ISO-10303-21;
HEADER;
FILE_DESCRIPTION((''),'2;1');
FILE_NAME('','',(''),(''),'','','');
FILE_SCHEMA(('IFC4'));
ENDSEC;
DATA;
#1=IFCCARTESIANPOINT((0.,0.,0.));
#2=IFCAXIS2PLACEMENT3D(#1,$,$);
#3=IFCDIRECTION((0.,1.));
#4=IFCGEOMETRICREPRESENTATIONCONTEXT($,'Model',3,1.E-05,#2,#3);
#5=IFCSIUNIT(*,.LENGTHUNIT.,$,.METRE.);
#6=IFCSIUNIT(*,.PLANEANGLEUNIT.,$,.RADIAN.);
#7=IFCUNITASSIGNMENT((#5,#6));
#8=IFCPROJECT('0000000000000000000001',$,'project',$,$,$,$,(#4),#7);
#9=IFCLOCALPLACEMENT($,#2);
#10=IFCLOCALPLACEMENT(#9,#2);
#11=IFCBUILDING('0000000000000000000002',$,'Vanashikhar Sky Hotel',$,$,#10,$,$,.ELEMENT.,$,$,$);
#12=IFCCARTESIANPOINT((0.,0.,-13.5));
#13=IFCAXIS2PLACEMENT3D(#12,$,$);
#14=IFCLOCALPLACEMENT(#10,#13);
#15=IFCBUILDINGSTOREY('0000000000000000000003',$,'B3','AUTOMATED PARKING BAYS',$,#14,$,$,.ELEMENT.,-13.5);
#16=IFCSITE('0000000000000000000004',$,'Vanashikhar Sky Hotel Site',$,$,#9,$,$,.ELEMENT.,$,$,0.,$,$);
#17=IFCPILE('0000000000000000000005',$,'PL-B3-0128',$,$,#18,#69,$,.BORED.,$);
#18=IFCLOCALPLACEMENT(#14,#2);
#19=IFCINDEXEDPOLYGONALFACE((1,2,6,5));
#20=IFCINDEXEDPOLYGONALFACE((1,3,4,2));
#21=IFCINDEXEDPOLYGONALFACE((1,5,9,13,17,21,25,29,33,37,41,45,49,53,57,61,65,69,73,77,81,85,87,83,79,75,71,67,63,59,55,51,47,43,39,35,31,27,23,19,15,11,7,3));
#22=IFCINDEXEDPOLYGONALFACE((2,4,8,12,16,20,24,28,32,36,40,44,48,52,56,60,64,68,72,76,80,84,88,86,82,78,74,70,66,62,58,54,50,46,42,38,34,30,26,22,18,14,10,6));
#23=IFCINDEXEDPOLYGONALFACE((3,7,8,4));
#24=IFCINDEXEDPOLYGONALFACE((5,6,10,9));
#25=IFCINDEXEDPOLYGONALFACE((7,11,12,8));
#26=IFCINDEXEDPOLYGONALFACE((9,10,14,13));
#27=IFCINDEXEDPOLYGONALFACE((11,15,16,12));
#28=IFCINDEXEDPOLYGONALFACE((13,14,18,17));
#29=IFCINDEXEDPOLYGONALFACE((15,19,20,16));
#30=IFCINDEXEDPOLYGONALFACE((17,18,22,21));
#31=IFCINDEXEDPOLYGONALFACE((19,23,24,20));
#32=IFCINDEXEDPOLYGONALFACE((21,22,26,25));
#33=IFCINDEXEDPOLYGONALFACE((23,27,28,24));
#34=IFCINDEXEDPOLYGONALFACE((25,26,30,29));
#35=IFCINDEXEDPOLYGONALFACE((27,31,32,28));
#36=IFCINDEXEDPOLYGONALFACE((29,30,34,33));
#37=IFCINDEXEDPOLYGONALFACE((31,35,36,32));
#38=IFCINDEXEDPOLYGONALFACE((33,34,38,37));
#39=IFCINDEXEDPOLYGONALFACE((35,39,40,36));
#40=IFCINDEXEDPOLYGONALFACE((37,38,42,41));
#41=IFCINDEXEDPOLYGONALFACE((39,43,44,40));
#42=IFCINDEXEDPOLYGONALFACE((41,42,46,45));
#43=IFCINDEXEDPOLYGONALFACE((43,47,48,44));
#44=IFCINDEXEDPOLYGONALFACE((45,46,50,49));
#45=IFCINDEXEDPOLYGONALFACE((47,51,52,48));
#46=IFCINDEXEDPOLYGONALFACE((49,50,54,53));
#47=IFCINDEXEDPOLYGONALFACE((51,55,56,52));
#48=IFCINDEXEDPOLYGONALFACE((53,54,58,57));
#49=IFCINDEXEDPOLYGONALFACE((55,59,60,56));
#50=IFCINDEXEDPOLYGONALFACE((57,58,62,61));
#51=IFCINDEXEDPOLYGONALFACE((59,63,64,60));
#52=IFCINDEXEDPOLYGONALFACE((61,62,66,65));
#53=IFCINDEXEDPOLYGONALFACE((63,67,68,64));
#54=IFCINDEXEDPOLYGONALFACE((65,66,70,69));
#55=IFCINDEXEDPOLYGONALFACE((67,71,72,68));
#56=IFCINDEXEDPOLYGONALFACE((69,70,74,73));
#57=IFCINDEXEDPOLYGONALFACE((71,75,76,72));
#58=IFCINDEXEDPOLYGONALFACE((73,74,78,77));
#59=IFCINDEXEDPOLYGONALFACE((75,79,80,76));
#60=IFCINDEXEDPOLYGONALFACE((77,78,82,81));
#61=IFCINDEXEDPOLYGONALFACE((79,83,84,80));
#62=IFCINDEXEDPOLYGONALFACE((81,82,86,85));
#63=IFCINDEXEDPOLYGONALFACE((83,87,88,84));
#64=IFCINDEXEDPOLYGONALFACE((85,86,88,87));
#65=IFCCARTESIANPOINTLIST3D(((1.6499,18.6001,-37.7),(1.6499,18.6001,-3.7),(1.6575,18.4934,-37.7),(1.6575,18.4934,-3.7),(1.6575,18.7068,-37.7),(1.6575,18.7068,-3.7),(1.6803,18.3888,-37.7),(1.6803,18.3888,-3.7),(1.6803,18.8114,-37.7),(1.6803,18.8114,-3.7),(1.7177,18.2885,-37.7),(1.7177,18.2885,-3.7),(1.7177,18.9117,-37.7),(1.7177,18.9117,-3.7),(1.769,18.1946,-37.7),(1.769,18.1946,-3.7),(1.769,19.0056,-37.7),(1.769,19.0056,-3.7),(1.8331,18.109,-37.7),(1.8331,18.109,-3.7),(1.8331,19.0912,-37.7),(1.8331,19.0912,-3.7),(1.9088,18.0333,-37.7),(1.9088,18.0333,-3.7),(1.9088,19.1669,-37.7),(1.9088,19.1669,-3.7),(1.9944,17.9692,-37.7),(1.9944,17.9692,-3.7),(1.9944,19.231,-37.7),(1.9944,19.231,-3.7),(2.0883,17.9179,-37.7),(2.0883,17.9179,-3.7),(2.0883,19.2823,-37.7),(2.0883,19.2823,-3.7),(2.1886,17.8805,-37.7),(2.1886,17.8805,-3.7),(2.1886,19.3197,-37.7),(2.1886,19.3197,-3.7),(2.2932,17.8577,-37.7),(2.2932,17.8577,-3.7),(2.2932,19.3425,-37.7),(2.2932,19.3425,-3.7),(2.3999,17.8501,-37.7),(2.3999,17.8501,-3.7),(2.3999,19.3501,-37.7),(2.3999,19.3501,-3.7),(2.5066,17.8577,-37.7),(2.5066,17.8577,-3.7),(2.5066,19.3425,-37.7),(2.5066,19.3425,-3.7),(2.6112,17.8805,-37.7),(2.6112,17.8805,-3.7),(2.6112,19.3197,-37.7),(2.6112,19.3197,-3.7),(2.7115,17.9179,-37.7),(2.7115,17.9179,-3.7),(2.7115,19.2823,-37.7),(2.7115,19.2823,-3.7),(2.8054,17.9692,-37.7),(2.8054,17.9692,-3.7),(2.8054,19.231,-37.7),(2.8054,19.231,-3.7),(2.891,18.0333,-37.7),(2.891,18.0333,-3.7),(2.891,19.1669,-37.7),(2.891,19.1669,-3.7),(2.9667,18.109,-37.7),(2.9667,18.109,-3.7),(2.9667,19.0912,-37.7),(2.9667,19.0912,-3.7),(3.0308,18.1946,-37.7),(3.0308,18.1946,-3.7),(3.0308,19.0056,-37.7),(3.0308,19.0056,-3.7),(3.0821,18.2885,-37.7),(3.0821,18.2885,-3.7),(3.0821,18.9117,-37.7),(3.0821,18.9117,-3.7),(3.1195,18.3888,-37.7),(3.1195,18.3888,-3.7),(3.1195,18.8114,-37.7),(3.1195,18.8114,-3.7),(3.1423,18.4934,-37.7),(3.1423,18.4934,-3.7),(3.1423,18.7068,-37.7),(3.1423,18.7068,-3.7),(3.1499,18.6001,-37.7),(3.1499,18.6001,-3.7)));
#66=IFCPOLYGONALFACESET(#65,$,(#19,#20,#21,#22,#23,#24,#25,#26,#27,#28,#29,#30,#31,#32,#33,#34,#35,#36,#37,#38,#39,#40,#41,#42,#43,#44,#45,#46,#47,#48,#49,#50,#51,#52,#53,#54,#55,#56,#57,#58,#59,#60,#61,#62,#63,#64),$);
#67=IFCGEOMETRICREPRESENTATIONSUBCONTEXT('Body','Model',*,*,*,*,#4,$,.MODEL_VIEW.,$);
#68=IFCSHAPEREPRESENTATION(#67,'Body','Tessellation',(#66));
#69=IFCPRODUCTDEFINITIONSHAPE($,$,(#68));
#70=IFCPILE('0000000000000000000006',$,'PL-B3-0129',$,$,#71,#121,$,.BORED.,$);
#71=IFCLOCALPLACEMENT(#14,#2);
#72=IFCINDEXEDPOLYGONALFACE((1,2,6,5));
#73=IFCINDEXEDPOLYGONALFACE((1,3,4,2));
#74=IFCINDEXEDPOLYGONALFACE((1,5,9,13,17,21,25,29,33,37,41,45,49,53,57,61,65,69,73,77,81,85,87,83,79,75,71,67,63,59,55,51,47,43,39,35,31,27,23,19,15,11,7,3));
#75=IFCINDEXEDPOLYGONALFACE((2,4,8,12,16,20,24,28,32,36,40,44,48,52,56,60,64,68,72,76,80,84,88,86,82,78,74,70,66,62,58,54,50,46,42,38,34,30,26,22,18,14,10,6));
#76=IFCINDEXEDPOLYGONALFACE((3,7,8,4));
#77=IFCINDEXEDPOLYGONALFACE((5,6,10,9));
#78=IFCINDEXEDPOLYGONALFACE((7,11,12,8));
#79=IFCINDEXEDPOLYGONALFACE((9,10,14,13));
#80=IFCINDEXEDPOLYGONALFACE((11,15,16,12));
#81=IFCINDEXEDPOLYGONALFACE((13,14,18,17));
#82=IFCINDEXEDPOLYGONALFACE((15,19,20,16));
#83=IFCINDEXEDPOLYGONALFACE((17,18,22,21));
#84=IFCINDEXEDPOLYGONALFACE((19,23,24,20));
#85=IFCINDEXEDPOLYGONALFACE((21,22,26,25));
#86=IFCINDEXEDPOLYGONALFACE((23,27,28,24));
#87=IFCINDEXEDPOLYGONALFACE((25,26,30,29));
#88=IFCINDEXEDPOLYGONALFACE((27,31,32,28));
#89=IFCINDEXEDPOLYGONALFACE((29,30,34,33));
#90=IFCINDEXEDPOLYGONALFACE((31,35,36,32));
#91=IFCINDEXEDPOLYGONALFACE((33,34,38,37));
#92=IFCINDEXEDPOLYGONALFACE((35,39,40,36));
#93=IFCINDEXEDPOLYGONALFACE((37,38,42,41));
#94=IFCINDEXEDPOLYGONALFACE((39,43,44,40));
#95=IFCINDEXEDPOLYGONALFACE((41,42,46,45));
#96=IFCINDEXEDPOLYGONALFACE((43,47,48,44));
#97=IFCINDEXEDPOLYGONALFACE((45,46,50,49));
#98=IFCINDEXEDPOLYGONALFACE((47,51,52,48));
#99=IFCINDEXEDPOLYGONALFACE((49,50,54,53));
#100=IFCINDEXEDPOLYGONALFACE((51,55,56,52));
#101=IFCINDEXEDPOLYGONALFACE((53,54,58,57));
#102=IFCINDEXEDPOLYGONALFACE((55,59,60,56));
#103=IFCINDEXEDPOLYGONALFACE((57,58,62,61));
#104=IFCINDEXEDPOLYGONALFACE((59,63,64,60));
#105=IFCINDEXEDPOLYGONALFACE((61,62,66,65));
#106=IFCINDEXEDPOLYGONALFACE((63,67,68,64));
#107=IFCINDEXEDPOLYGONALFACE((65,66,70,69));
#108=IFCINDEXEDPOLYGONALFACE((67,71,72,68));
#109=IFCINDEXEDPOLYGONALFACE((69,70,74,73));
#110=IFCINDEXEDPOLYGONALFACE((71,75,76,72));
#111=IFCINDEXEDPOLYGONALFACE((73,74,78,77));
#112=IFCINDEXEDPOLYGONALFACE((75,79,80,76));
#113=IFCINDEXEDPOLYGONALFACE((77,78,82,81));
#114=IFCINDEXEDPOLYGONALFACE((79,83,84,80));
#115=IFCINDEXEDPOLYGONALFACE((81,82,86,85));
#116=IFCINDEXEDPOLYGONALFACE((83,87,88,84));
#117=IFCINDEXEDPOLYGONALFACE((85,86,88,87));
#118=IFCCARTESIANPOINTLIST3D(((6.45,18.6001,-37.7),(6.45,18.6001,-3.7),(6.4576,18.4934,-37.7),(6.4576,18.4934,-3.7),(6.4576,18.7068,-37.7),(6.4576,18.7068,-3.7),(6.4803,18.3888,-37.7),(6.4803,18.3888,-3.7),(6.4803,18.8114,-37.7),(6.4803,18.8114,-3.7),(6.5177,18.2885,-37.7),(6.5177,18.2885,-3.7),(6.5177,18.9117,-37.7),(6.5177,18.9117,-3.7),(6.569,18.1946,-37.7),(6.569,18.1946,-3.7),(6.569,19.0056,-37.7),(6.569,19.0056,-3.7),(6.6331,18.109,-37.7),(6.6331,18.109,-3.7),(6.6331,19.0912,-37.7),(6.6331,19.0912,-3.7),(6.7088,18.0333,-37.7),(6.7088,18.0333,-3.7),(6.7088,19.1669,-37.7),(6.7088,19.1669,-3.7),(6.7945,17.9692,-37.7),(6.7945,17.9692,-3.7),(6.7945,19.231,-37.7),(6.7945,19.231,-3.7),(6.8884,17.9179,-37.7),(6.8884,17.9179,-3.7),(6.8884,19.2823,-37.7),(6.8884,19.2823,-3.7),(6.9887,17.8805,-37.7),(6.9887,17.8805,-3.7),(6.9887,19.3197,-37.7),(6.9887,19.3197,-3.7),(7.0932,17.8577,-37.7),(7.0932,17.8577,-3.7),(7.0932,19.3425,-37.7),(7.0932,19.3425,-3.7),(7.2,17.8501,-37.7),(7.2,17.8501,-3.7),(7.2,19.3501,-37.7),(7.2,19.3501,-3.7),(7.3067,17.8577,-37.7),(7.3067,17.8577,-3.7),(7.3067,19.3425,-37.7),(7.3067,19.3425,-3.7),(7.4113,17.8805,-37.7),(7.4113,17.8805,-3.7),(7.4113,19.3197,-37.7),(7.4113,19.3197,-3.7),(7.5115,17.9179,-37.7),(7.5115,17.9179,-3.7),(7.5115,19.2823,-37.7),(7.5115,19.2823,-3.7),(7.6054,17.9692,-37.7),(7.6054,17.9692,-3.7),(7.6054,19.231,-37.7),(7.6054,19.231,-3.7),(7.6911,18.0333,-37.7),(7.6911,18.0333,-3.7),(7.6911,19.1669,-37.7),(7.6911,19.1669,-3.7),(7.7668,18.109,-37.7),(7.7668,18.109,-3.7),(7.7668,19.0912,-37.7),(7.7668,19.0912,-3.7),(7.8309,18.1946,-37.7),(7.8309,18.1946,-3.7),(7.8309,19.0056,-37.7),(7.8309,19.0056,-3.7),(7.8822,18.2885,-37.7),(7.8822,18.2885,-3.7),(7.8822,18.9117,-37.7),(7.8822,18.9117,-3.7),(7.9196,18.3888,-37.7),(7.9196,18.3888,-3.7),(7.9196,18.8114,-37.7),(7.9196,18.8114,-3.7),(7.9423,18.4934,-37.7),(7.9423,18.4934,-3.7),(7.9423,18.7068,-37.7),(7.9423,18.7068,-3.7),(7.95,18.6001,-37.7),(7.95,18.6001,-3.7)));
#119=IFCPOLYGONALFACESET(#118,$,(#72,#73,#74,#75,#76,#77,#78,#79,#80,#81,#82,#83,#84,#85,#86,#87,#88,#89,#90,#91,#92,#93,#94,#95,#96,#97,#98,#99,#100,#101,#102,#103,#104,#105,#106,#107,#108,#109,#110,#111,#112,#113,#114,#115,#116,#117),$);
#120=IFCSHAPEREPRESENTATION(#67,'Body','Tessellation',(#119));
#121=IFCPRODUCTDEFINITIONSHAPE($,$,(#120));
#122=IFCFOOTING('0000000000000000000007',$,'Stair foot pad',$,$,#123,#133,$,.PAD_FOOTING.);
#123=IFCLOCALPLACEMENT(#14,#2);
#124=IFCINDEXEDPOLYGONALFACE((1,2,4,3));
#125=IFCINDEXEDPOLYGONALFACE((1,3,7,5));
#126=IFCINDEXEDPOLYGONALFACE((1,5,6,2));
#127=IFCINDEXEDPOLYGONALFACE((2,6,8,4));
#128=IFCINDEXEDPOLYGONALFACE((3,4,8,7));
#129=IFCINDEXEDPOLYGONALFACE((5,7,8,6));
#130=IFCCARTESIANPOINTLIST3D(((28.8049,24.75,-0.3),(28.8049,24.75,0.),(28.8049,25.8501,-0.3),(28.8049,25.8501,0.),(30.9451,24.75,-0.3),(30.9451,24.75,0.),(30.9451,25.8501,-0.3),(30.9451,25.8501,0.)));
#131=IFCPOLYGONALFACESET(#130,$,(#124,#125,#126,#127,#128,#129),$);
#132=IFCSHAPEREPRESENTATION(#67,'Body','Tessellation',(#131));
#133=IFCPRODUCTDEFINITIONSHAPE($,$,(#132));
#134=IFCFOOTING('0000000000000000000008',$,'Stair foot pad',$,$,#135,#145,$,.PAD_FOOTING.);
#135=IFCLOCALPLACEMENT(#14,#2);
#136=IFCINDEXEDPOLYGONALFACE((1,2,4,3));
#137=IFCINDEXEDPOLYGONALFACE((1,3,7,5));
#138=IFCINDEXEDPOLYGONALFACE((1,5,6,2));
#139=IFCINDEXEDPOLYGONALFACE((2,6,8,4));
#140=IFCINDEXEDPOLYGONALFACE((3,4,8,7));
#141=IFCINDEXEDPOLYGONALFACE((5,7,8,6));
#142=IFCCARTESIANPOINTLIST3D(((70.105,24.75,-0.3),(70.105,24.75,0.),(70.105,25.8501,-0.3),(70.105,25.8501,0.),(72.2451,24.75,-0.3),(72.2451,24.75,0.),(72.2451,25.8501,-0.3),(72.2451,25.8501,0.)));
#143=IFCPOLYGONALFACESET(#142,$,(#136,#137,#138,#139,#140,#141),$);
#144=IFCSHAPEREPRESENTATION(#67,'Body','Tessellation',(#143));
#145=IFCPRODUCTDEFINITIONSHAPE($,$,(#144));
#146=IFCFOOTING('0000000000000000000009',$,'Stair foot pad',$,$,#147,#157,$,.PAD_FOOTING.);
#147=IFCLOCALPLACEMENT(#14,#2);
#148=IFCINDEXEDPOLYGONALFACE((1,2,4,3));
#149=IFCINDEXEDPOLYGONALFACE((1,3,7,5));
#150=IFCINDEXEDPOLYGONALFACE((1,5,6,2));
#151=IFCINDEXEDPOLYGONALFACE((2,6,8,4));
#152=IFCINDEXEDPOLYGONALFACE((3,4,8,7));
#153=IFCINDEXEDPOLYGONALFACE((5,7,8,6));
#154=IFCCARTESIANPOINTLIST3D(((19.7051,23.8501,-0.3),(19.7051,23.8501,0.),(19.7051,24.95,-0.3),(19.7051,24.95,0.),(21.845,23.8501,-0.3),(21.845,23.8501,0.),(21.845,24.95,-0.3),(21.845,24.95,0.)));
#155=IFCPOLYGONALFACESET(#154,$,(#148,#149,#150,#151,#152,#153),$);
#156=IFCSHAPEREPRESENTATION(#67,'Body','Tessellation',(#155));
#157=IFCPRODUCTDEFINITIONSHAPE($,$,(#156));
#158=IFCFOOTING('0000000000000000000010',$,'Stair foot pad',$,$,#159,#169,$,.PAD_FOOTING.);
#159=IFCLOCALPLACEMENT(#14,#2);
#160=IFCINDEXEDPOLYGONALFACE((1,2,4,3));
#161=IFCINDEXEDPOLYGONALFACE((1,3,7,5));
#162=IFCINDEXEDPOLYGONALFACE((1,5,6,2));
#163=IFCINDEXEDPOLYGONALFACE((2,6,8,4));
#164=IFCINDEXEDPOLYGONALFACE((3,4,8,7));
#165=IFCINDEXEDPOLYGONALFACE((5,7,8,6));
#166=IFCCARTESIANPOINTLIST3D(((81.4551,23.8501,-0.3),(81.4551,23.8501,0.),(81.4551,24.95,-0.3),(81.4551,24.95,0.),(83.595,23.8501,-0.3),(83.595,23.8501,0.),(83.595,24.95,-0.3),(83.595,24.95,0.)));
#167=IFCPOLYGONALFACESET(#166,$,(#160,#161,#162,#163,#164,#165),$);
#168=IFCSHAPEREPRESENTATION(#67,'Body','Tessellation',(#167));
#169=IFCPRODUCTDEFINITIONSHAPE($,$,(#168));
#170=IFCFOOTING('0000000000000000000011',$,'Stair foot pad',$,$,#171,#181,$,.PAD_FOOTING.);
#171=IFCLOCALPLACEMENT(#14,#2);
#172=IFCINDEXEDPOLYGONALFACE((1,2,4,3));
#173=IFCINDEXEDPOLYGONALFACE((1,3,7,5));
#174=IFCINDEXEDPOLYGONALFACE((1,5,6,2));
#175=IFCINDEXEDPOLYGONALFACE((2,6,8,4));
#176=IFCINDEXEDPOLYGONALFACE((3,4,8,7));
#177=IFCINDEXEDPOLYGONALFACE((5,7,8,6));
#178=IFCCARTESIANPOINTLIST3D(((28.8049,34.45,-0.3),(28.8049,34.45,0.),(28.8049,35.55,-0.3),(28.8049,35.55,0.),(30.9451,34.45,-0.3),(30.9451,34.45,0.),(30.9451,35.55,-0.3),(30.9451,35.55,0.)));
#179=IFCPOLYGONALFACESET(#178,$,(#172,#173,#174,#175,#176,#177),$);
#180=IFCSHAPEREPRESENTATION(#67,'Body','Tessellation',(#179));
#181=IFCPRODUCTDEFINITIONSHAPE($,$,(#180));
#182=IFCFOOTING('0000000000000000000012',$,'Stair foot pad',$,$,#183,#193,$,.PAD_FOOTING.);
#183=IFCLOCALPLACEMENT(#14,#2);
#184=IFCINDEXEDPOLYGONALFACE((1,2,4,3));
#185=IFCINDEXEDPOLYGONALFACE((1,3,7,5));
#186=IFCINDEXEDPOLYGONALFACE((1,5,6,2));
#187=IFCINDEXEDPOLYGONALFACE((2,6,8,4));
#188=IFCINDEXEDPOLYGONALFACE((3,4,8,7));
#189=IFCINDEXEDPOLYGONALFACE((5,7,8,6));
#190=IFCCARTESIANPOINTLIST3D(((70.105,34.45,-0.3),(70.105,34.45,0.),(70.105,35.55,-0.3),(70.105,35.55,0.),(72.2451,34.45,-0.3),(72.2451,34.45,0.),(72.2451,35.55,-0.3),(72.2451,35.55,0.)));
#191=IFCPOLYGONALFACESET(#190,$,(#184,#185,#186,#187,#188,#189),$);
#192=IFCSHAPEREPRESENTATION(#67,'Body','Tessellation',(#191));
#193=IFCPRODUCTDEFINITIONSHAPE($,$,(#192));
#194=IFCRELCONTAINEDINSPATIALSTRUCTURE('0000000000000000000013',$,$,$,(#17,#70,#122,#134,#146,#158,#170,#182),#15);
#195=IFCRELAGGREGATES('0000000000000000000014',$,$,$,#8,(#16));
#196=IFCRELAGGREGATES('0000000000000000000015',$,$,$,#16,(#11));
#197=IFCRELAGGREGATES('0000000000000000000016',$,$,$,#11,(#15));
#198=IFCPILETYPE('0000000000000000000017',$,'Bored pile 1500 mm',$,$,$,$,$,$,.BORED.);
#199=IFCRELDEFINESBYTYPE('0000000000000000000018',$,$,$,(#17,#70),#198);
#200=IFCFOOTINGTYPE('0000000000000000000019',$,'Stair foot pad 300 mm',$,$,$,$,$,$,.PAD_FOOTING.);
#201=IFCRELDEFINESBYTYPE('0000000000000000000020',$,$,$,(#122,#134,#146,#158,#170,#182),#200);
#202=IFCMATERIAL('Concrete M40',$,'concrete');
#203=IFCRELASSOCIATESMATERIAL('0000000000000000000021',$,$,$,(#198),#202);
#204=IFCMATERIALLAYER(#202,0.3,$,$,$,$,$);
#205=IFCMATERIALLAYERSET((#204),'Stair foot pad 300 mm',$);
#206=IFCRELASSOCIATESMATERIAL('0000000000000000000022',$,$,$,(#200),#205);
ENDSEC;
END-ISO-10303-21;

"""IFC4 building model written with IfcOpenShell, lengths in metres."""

from ifc_helpers import new_model, si_unit, direction, frame, origin, origin_2d, place, context, subcontext, project, spatial, polyline, circle, outline, extrude, source, transform, mapped, material, layer, layer_set, type_object, element, save


model = new_model("IFC4")

# Units and contexts
model_context = context("Model", 3, precision=1e-05, world=origin(), true_north=direction((0.0, 1.0)))
body_context = subcontext(model_context, "Body", "Model", "MODEL_VIEW")
ifc_project = project(units=[si_unit("LENGTHUNIT", "METRE"), si_unit("PLANEANGLEUNIT", "RADIAN")], contexts=[model_context])

# Site, building, storey
site_placement = place(None, origin())
site = spatial("IfcSite", under=ifc_project, at=site_placement, Name="Vanashikhar Sky Hotel Site", CompositionType="ELEMENT", RefElevation=0.0)
building_placement = place(site_placement, origin())
building = spatial("IfcBuilding", under=site, at=building_placement, Name="Vanashikhar Sky Hotel", CompositionType="ELEMENT")
storey_placement = place(building_placement, frame((0.0, 0.0, -13.5)))
storey = spatial("IfcBuildingStorey", under=building, at=storey_placement, Name="B3", Description="AUTOMATED PARKING BAYS", CompositionType="ELEMENT", Elevation=-13.5)

# Piles
ifc_material_1 = material(Name="Concrete M40", Category="concrete")
pile_type = type_object("IfcPileType", Name="Bored pile 1500 mm", PredefinedType="BORED", material=ifc_material_1)
shared_shape_1 = source(origin(), body_context, "Body", "SweptSolid", [
    extrude(circle(Radius=0.75, at=origin_2d()), origin(), (0.0, 0.0, 1.0), 34.0),
])
for number, where, z_axis, x_axis, name in (
    (1, (2.3999, 18.6001, -3.7), (0.0, 0.0, -1.0), (1.0, 0.0, 0.0), "PL-B3-0128"),
    (2, (7.2, 18.6001, -3.7), (0.0, 0.0, -1.0), (1.0, 0.0, 0.0), "PL-B3-0129"),
):
    element("IfcPile", number, at=place(storey_placement, frame(where, z_axis=z_axis, x_axis=x_axis)), inside=storey, type_object=pile_type, Name=name, PredefinedType="BORED", context=body_context, shape_type="MappedRepresentation", body=[
        mapped(shared_shape_1, transform((0.0, 0.0, 0.0), scale=1.0)),
    ])

# Footings
ifc_layer_1 = layer(ifc_material_1, 0.3)
ifc_layer_set_1 = layer_set([ifc_layer_1], Name="Stair foot pad 300 mm")
footing_type = type_object("IfcFootingType", Name="Stair foot pad 300 mm", PredefinedType="PAD_FOOTING", material=ifc_layer_set_1)
shared_shape_2 = source(origin(), body_context, "Body", "SweptSolid", [
    extrude(outline(polyline([(28.8049, 24.75), (30.9451, 24.75), (30.9451, 25.8501), (28.8049, 25.8501), (28.8049, 24.75)])), origin(), (0.0, 0.0, 1.0), 0.3),
])
footing_1_placement = place(storey_placement, frame((0.0, 0.0, -0.3)))
element("IfcFooting", 3, at=footing_1_placement, inside=storey, type_object=footing_type, Name="Stair foot pad", PredefinedType="PAD_FOOTING", context=body_context, shape_type="MappedRepresentation", body=[
    mapped(shared_shape_2, transform((0.0, 0.0, 0.0), scale=1.0)),
])
shared_shape_3 = source(origin(), body_context, "Body", "SweptSolid", [
    extrude(outline(polyline([(70.105, 24.75), (72.2451, 24.75), (72.2451, 25.8501), (70.105, 25.8501), (70.105, 24.75)])), origin(), (0.0, 0.0, 1.0), 0.3),
])
footing_2_placement = place(storey_placement, frame((0.0, 0.0, -0.3)))
element("IfcFooting", 4, at=footing_2_placement, inside=storey, type_object=footing_type, Name="Stair foot pad", PredefinedType="PAD_FOOTING", context=body_context, shape_type="MappedRepresentation", body=[
    mapped(shared_shape_3, transform((0.0, 0.0, 0.0), scale=1.0)),
])
shared_shape_4 = source(origin(), body_context, "Body", "SweptSolid", [
    extrude(outline(polyline([(19.7051, 23.8501), (21.845, 23.8501), (21.845, 24.95), (19.7051, 24.95), (19.7051, 23.8501)])), origin(), (0.0, 0.0, 1.0), 0.3),
])
footing_3_placement = place(storey_placement, frame((0.0, 0.0, -0.3)))
element("IfcFooting", 5, at=footing_3_placement, inside=storey, type_object=footing_type, Name="Stair foot pad", PredefinedType="PAD_FOOTING", context=body_context, shape_type="MappedRepresentation", body=[
    mapped(shared_shape_4, transform((0.0, 0.0, 0.0), scale=1.0)),
])
shared_shape_5 = source(origin(), body_context, "Body", "SweptSolid", [
    extrude(outline(polyline([(81.4551, 23.8501), (83.595, 23.8501), (83.595, 24.95), (81.4551, 24.95), (81.4551, 23.8501)])), origin(), (0.0, 0.0, 1.0), 0.3),
])
footing_4_placement = place(storey_placement, frame((0.0, 0.0, -0.3)))
element("IfcFooting", 6, at=footing_4_placement, inside=storey, type_object=footing_type, Name="Stair foot pad", PredefinedType="PAD_FOOTING", context=body_context, shape_type="MappedRepresentation", body=[
    mapped(shared_shape_5, transform((0.0, 0.0, 0.0), scale=1.0)),
])
shared_shape_6 = source(origin(), body_context, "Body", "SweptSolid", [
    extrude(outline(polyline([(28.8049, 34.45), (30.9451, 34.45), (30.9451, 35.55), (28.8049, 35.55), (28.8049, 34.45)])), origin(), (0.0, 0.0, 1.0), 0.3),
])
footing_5_placement = place(storey_placement, frame((0.0, 0.0, -0.3)))
element("IfcFooting", 7, at=footing_5_placement, inside=storey, type_object=footing_type, Name="Stair foot pad", PredefinedType="PAD_FOOTING", context=body_context, shape_type="MappedRepresentation", body=[
    mapped(shared_shape_6, transform((0.0, 0.0, 0.0), scale=1.0)),
])
shared_shape_7 = source(origin(), body_context, "Body", "SweptSolid", [
    extrude(outline(polyline([(70.105, 34.45), (72.2451, 34.45), (72.2451, 35.55), (70.105, 35.55), (70.105, 34.45)])), origin(), (0.0, 0.0, 1.0), 0.3),
])
footing_6_placement = place(storey_placement, frame((0.0, 0.0, -0.3)))
element("IfcFooting", 8, at=footing_6_placement, inside=storey, type_object=footing_type, Name="Stair foot pad", PredefinedType="PAD_FOOTING", context=body_context, shape_type="MappedRepresentation", body=[
    mapped(shared_shape_7, transform((0.0, 0.0, 0.0), scale=1.0)),
])

save(model, "model.ifc")
